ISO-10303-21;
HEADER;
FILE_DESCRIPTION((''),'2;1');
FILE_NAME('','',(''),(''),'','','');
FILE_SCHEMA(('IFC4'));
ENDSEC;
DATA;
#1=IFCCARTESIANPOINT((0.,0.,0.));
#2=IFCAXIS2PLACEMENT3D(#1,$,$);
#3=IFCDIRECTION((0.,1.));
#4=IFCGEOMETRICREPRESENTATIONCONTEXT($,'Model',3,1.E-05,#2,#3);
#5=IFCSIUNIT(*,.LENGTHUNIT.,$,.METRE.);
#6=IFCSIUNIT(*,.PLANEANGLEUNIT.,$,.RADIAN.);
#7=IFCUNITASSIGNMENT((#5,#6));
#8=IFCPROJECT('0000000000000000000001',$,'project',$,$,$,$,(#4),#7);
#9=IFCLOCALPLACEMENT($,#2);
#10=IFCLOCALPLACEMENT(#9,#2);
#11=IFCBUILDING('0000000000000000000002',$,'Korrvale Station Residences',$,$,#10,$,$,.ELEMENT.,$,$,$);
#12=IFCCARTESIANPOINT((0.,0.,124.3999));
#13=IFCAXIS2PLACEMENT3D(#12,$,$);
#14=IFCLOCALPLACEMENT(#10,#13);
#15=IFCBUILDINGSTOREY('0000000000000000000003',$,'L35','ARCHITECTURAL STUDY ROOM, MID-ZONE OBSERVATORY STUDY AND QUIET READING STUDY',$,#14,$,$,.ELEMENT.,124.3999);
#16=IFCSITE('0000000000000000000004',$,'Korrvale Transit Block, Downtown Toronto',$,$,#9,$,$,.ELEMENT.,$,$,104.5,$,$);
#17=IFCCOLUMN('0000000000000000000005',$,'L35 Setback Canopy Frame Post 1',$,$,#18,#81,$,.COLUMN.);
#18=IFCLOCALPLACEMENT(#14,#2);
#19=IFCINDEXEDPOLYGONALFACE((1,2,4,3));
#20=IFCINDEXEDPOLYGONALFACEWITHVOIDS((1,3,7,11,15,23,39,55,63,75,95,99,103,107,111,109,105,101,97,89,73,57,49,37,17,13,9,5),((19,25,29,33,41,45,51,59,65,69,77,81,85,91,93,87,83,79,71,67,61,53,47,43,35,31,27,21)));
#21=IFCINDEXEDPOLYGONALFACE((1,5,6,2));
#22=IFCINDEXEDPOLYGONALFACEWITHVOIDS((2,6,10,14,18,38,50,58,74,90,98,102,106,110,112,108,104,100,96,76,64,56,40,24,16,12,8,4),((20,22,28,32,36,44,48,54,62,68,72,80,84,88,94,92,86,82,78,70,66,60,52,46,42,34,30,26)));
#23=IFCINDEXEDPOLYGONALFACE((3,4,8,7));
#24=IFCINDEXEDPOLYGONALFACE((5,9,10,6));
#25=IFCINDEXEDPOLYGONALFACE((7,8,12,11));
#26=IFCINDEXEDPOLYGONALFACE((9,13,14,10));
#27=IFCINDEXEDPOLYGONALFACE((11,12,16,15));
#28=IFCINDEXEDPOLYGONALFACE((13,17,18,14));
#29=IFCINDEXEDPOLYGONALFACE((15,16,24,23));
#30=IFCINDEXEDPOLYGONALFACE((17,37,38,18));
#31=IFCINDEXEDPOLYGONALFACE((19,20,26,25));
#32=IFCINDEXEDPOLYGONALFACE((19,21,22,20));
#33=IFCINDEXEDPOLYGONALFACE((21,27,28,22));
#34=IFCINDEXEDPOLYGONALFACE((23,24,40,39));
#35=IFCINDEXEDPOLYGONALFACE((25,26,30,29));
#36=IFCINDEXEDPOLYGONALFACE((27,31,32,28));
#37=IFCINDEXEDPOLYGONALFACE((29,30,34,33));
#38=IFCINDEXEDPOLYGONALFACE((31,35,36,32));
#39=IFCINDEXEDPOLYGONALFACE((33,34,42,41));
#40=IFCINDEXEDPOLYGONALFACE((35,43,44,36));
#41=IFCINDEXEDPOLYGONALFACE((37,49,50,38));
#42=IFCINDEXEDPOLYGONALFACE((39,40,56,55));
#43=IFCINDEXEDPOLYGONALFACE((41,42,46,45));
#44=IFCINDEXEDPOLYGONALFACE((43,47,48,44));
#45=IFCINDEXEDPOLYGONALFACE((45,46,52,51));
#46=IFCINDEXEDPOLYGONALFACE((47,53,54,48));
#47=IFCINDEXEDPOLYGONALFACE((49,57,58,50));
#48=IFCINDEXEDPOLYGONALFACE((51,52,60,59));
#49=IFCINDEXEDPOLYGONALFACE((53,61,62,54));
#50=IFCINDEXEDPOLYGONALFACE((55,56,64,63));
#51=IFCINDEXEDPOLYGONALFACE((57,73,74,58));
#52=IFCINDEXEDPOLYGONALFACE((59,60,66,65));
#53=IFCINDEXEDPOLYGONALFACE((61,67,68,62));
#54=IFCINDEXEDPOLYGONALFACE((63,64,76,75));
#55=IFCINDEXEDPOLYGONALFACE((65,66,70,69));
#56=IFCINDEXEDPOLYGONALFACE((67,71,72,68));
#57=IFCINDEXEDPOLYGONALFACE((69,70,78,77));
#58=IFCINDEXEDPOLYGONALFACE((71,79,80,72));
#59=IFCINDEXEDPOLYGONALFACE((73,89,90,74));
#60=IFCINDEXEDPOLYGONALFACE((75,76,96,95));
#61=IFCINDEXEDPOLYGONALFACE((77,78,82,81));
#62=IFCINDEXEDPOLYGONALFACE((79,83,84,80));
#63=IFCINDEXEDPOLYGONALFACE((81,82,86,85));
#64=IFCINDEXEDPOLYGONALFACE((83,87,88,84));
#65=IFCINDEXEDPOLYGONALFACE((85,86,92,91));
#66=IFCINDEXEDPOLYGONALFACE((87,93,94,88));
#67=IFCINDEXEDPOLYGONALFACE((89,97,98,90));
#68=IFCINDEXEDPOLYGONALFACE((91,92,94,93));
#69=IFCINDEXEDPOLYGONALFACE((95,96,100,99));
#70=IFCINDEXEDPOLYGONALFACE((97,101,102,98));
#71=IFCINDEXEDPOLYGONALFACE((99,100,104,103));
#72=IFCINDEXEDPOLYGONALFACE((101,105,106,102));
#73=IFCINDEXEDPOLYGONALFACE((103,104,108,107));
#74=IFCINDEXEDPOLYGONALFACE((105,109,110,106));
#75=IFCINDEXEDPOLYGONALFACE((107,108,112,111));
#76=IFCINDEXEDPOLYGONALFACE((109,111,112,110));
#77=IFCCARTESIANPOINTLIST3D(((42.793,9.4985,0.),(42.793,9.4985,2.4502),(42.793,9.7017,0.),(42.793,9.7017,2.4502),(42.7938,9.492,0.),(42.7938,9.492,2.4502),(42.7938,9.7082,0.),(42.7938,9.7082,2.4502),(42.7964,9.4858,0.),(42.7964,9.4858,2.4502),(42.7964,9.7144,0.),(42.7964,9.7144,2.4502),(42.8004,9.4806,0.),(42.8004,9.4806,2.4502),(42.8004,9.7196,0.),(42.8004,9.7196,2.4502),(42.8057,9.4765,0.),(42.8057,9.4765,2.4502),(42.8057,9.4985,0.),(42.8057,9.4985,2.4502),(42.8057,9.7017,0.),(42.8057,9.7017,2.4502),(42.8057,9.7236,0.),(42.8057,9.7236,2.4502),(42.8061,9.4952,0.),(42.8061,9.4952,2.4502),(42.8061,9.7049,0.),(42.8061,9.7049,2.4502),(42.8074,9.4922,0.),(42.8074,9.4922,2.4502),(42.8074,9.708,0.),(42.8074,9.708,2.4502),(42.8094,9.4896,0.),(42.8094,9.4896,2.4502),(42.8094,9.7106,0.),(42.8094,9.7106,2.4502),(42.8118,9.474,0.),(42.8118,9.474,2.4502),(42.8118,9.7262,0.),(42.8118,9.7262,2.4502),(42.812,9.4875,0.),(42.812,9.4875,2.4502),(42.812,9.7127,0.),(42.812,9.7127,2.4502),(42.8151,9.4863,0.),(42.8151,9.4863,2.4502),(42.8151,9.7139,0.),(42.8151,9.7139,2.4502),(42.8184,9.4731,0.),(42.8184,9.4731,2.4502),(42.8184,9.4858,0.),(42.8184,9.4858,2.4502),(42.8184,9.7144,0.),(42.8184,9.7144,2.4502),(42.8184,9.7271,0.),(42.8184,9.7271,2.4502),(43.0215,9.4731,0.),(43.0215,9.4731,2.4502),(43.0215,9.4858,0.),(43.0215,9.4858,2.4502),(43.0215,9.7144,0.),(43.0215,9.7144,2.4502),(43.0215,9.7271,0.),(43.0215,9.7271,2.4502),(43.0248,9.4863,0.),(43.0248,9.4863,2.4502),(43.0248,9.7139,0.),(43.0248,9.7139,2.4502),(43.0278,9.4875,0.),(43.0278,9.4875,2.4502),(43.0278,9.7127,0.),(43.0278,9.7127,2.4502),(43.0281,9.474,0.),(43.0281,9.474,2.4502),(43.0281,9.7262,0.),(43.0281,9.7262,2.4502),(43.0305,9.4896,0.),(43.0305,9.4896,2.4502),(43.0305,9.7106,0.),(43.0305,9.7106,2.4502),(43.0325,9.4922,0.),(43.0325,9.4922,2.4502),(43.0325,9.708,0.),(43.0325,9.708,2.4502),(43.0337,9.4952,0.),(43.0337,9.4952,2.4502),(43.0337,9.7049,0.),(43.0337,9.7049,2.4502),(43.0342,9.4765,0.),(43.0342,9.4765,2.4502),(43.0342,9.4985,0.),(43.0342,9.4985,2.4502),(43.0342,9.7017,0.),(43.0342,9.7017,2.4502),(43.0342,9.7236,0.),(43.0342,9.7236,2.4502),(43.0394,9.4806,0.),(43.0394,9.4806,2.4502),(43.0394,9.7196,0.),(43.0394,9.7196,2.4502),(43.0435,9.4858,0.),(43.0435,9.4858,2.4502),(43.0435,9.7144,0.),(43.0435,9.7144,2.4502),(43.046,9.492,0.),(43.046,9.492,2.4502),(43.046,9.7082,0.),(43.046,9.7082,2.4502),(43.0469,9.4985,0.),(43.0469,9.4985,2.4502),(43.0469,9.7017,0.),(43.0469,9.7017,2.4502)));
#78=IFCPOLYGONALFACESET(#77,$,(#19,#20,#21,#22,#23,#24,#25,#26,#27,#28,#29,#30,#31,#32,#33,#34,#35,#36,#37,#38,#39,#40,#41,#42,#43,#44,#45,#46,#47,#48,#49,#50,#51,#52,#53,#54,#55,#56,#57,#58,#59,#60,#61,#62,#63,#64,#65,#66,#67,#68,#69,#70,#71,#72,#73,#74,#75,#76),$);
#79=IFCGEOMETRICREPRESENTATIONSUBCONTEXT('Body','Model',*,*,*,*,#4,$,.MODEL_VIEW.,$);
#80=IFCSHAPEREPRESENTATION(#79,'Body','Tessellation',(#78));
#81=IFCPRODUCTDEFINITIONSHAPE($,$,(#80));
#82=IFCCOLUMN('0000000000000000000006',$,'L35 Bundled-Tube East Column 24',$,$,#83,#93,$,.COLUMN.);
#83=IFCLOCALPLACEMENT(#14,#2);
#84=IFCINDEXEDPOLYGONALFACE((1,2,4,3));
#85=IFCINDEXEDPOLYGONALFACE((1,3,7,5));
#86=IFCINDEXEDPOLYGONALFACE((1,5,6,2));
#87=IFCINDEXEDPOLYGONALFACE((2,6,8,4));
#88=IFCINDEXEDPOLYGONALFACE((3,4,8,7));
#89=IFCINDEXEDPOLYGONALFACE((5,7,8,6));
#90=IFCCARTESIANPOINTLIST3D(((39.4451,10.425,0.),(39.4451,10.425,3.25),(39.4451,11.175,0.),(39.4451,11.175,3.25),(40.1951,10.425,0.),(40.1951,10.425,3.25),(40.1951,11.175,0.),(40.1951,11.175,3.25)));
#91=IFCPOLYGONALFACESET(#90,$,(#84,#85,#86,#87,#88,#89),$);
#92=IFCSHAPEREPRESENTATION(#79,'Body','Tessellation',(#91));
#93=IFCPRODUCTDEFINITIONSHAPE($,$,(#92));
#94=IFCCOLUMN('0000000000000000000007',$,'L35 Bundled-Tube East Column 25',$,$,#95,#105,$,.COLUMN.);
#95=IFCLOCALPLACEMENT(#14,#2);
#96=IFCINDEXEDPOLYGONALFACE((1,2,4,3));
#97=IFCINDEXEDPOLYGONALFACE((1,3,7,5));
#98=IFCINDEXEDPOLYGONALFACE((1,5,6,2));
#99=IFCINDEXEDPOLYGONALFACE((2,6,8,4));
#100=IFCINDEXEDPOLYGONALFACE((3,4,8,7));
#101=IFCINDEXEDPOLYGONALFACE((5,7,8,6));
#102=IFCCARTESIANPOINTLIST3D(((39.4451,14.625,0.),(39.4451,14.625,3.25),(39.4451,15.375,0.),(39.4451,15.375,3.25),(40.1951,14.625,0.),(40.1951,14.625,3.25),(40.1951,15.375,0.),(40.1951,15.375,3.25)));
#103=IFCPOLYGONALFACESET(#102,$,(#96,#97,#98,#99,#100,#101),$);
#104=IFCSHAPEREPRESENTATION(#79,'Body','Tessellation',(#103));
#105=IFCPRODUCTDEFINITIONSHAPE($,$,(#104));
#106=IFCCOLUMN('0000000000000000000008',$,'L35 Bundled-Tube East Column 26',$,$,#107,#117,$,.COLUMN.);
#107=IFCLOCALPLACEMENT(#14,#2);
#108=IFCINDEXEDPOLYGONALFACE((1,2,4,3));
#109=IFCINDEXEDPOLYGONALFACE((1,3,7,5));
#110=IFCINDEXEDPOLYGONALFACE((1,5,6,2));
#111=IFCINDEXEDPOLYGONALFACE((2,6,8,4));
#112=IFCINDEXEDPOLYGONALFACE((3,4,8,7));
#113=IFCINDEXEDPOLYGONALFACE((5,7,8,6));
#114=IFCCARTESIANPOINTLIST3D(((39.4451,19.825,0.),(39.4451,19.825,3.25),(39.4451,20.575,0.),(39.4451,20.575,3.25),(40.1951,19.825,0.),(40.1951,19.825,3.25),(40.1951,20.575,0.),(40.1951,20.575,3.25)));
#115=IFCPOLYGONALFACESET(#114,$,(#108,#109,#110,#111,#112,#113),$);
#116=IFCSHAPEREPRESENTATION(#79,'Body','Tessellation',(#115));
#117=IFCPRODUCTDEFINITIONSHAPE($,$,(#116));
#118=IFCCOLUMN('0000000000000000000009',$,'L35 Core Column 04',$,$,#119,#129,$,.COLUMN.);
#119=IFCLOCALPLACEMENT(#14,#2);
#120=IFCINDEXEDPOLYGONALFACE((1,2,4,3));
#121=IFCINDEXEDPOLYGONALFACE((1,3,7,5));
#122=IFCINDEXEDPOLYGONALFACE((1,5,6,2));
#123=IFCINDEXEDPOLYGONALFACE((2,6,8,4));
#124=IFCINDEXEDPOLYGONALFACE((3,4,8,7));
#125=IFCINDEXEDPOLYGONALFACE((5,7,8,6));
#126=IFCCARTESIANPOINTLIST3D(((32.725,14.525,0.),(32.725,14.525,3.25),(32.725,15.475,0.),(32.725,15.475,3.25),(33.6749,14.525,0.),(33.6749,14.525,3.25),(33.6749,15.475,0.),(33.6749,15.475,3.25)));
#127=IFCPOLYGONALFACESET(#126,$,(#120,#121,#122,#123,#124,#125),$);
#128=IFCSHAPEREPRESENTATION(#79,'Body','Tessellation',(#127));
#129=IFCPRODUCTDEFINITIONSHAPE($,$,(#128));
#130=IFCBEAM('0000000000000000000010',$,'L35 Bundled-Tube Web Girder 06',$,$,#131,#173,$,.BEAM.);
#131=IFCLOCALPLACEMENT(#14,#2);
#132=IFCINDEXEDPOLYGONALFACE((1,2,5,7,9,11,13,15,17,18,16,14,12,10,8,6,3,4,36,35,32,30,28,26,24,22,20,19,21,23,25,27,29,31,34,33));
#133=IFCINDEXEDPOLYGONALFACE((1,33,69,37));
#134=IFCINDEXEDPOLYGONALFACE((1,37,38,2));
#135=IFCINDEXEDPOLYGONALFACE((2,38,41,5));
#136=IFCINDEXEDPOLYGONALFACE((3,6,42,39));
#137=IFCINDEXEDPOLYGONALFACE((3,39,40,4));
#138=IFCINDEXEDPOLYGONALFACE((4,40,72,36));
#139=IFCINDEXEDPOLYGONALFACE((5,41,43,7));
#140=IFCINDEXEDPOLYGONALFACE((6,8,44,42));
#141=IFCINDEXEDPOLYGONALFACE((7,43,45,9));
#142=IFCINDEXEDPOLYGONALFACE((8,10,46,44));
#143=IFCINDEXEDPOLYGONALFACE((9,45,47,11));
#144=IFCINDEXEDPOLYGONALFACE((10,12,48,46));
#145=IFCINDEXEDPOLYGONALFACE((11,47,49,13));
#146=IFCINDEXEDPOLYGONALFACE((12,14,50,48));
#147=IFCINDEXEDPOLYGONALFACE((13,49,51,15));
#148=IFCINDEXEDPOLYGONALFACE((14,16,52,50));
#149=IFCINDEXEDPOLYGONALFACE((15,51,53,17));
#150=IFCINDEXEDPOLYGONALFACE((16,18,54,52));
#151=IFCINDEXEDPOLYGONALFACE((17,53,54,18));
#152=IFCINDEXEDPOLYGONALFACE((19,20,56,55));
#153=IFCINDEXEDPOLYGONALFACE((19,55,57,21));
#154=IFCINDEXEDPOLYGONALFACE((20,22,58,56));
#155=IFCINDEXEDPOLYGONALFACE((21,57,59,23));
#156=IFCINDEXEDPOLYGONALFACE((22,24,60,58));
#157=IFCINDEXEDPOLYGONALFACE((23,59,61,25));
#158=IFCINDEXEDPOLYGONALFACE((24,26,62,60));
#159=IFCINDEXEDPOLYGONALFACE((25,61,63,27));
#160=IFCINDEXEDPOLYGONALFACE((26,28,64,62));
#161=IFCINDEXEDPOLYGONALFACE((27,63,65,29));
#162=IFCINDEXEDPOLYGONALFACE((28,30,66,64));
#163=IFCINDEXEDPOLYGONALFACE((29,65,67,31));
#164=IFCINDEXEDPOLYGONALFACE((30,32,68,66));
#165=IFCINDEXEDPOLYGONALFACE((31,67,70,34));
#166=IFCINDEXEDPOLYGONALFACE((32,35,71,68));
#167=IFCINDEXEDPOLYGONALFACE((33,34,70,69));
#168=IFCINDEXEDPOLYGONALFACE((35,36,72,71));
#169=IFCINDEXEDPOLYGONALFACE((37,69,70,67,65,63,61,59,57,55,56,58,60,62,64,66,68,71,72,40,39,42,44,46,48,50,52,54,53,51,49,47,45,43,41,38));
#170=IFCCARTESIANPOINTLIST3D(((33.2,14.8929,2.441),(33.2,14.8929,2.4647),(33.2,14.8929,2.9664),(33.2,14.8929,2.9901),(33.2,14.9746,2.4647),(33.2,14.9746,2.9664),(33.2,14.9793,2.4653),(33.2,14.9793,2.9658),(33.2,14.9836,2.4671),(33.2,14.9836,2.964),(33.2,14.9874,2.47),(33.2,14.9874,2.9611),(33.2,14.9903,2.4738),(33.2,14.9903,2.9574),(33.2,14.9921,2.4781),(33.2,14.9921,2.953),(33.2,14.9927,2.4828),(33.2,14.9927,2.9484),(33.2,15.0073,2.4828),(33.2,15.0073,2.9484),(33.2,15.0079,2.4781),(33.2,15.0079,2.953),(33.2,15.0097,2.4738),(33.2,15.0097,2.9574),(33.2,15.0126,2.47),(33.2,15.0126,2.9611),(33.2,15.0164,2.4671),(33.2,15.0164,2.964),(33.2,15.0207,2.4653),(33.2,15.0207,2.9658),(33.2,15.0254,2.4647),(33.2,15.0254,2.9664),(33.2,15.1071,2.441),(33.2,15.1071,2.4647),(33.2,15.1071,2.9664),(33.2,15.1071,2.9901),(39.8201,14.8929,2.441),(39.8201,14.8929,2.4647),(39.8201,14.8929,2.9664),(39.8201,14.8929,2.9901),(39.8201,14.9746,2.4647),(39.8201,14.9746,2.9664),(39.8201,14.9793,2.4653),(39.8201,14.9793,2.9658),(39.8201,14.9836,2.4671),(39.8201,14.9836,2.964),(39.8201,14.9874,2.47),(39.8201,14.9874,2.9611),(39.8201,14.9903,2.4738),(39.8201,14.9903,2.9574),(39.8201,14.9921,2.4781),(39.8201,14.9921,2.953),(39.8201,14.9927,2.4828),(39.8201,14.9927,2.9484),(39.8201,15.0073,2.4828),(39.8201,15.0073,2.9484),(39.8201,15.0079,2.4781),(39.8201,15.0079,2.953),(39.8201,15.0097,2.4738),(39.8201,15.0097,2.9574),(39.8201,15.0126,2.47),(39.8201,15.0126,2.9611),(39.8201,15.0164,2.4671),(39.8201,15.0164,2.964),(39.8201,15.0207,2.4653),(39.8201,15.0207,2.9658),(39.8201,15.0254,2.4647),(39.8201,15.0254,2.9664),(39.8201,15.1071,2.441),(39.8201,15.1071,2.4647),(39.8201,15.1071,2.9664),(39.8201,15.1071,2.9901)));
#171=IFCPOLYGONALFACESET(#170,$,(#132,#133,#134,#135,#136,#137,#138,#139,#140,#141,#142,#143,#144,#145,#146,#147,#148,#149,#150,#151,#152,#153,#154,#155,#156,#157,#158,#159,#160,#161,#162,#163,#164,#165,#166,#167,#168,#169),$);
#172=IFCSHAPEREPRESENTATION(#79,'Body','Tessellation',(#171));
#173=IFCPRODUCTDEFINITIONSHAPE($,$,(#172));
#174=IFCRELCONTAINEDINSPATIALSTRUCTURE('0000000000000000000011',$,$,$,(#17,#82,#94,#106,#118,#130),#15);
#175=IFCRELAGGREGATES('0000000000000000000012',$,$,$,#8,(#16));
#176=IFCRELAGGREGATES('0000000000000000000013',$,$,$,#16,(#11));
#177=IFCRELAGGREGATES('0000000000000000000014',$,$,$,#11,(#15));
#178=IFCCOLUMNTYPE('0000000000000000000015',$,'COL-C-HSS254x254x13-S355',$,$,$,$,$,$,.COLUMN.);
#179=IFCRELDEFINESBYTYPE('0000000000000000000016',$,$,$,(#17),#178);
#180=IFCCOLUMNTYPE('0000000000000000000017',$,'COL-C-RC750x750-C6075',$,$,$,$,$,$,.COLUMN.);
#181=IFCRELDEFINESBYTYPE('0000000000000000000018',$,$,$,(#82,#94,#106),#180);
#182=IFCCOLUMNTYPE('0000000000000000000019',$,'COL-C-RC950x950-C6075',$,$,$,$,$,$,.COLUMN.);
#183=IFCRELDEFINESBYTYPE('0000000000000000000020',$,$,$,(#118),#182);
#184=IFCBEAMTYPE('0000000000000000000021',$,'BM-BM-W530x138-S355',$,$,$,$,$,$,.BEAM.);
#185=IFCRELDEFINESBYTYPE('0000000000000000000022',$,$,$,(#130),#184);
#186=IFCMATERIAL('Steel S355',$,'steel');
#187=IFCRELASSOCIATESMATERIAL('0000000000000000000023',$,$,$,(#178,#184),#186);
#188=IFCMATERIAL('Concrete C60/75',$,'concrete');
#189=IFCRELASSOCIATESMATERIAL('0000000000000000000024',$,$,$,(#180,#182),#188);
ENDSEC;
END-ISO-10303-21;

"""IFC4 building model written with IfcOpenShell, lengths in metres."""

from ifc_helpers import new_model, si_unit, direction, frame, origin, origin_2d, place, context, subcontext, project, spatial, rectangle, hollow_rectangle, i_section, extrude, material, material_profile, profile_set, type_object, element, save


model = new_model("IFC4")

# Units and contexts
model_context = context("Model", 3, precision=1e-05, world=origin(), true_north=direction((0.0, 1.0)))
body_context = subcontext(model_context, "Body", "Model", "MODEL_VIEW")
ifc_project = project(units=[si_unit("LENGTHUNIT", "METRE"), si_unit("PLANEANGLEUNIT", "RADIAN")], contexts=[model_context])

# Site, building, storey
site_placement = place(None, origin())
site = spatial("IfcSite", under=ifc_project, at=site_placement, Name="Korrvale Transit Block, Downtown Toronto", CompositionType="ELEMENT", RefElevation=104.5)
building_placement = place(site_placement, origin())
building = spatial("IfcBuilding", under=site, at=building_placement, Name="Korrvale Station Residences", CompositionType="ELEMENT")
storey_placement = place(building_placement, frame((0.0, 0.0, 124.3999)))
storey = spatial("IfcBuildingStorey", under=building, at=storey_placement, Name="L35", Description="ARCHITECTURAL STUDY ROOM, MID-ZONE OBSERVATORY STUDY AND QUIET READING STUDY", CompositionType="ELEMENT", Elevation=124.3999)

# Columns
ifc_material_1 = material(Name="Steel S355", Category="steel")
ifc_material_profile_1 = material_profile(ifc_material_1, hollow_rectangle(XDim=0.2539, YDim=0.2539, WallThickness=0.0127, InnerFilletRadius=0.0127, OuterFilletRadius=0.0254, at=origin_2d()), Name="HSS254x254x13")
ifc_profile_set_1 = profile_set([ifc_material_profile_1], Name="Steel S355")
column_type_1 = type_object("IfcColumnType", Name="COL-C-HSS254x254x13-S355", PredefinedType="COLUMN", material=ifc_profile_set_1)
column_1_placement = place(storey_placement, frame((42.9199, 9.6001, 0.0), z_axis=(0.0, 0.0, 1.0), x_axis=(1.0, 0.0, 0.0)))
element("IfcColumn", 1, at=column_1_placement, inside=storey, type_object=column_type_1, Name="L35 Setback Canopy Frame Post 1", PredefinedType="COLUMN", context=body_context, shape_type="SweptSolid", body=[
    extrude(hollow_rectangle(XDim=0.2539, YDim=0.2539, WallThickness=0.0127, InnerFilletRadius=0.0127, OuterFilletRadius=0.0254, at=origin_2d()), origin(), (0.0, 0.0, 1.0), 2.4502),
])
ifc_material_2 = material(Name="Concrete C60/75", Category="concrete")
ifc_material_profile_2 = material_profile(ifc_material_2, rectangle(XDim=0.75, YDim=0.75, at=origin_2d()), Name="RC750x750")
ifc_profile_set_2 = profile_set([ifc_material_profile_2], Name="Concrete C60/75")
column_type_2 = type_object("IfcColumnType", Name="COL-C-RC750x750-C6075", PredefinedType="COLUMN", material=ifc_profile_set_2)
for number, where, z_axis, x_axis, name in (
    (2, (39.8201, 10.8, 0.0), (0.0, 0.0, 1.0), (1.0, 0.0, 0.0), "L35 Bundled-Tube East Column 24"),
    (3, (39.8201, 15.0, 0.0), (0.0, 0.0, 1.0), (1.0, 0.0, 0.0), "L35 Bundled-Tube East Column 25"),
    (4, (39.8201, 20.2, 0.0), (0.0, 0.0, 1.0), (1.0, 0.0, 0.0), "L35 Bundled-Tube East Column 26"),
):
    element("IfcColumn", number, at=place(storey_placement, frame(where, z_axis=z_axis, x_axis=x_axis)), inside=storey, type_object=column_type_2, Name=name, PredefinedType="COLUMN", context=body_context, shape_type="SweptSolid", body=[
        extrude(rectangle(XDim=0.75, YDim=0.75, at=origin_2d()), origin(), (0.0, 0.0, 1.0), 3.25),
    ])
ifc_material_profile_3 = material_profile(ifc_material_2, rectangle(XDim=0.95, YDim=0.95, at=origin_2d()), Name="RC950x950")
ifc_profile_set_3 = profile_set([ifc_material_profile_3], Name="Concrete C60/75")
column_type_3 = type_object("IfcColumnType", Name="COL-C-RC950x950-C6075", PredefinedType="COLUMN", material=ifc_profile_set_3)
column_2_placement = place(storey_placement, frame((33.2, 15.0, 0.0), z_axis=(0.0, 0.0, 1.0), x_axis=(1.0, 0.0, 0.0)))
element("IfcColumn", 5, at=column_2_placement, inside=storey, type_object=column_type_3, Name="L35 Core Column 04", PredefinedType="COLUMN", context=body_context, shape_type="SweptSolid", body=[
    extrude(rectangle(XDim=0.95, YDim=0.95, at=origin_2d()), origin(), (0.0, 0.0, 1.0), 3.25),
])

# Beam
ifc_material_profile_4 = material_profile(ifc_material_1, i_section(OverallWidth=0.2141, OverallDepth=0.5491, WebThickness=0.0146, FlangeThickness=0.0237, FilletRadius=0.0181, at=origin_2d()), Name="W530x138")
ifc_profile_set_4 = profile_set([ifc_material_profile_4], Name="Steel S355")
beam_type_1 = type_object("IfcBeamType", Name="BM-BM-W530x138-S355", PredefinedType="BEAM", material=ifc_profile_set_4)
beam_1_placement = place(storey_placement, frame((33.2, 15.0, 2.7156), z_axis=(1.0, 0.0, 0.0), x_axis=(0.0, 1.0, 0.0)))
element("IfcBeam", 6, at=beam_1_placement, inside=storey, type_object=beam_type_1, Name="L35 Bundled-Tube Web Girder 06", PredefinedType="BEAM", context=body_context, shape_type="SweptSolid", body=[
    extrude(i_section(OverallWidth=0.2141, OverallDepth=0.5491, WebThickness=0.0146, FlangeThickness=0.0237, FilletRadius=0.0181, at=origin_2d()), origin(), (0.0, 0.0, 1.0), 6.6201),
])

save(model, "model.ifc")
